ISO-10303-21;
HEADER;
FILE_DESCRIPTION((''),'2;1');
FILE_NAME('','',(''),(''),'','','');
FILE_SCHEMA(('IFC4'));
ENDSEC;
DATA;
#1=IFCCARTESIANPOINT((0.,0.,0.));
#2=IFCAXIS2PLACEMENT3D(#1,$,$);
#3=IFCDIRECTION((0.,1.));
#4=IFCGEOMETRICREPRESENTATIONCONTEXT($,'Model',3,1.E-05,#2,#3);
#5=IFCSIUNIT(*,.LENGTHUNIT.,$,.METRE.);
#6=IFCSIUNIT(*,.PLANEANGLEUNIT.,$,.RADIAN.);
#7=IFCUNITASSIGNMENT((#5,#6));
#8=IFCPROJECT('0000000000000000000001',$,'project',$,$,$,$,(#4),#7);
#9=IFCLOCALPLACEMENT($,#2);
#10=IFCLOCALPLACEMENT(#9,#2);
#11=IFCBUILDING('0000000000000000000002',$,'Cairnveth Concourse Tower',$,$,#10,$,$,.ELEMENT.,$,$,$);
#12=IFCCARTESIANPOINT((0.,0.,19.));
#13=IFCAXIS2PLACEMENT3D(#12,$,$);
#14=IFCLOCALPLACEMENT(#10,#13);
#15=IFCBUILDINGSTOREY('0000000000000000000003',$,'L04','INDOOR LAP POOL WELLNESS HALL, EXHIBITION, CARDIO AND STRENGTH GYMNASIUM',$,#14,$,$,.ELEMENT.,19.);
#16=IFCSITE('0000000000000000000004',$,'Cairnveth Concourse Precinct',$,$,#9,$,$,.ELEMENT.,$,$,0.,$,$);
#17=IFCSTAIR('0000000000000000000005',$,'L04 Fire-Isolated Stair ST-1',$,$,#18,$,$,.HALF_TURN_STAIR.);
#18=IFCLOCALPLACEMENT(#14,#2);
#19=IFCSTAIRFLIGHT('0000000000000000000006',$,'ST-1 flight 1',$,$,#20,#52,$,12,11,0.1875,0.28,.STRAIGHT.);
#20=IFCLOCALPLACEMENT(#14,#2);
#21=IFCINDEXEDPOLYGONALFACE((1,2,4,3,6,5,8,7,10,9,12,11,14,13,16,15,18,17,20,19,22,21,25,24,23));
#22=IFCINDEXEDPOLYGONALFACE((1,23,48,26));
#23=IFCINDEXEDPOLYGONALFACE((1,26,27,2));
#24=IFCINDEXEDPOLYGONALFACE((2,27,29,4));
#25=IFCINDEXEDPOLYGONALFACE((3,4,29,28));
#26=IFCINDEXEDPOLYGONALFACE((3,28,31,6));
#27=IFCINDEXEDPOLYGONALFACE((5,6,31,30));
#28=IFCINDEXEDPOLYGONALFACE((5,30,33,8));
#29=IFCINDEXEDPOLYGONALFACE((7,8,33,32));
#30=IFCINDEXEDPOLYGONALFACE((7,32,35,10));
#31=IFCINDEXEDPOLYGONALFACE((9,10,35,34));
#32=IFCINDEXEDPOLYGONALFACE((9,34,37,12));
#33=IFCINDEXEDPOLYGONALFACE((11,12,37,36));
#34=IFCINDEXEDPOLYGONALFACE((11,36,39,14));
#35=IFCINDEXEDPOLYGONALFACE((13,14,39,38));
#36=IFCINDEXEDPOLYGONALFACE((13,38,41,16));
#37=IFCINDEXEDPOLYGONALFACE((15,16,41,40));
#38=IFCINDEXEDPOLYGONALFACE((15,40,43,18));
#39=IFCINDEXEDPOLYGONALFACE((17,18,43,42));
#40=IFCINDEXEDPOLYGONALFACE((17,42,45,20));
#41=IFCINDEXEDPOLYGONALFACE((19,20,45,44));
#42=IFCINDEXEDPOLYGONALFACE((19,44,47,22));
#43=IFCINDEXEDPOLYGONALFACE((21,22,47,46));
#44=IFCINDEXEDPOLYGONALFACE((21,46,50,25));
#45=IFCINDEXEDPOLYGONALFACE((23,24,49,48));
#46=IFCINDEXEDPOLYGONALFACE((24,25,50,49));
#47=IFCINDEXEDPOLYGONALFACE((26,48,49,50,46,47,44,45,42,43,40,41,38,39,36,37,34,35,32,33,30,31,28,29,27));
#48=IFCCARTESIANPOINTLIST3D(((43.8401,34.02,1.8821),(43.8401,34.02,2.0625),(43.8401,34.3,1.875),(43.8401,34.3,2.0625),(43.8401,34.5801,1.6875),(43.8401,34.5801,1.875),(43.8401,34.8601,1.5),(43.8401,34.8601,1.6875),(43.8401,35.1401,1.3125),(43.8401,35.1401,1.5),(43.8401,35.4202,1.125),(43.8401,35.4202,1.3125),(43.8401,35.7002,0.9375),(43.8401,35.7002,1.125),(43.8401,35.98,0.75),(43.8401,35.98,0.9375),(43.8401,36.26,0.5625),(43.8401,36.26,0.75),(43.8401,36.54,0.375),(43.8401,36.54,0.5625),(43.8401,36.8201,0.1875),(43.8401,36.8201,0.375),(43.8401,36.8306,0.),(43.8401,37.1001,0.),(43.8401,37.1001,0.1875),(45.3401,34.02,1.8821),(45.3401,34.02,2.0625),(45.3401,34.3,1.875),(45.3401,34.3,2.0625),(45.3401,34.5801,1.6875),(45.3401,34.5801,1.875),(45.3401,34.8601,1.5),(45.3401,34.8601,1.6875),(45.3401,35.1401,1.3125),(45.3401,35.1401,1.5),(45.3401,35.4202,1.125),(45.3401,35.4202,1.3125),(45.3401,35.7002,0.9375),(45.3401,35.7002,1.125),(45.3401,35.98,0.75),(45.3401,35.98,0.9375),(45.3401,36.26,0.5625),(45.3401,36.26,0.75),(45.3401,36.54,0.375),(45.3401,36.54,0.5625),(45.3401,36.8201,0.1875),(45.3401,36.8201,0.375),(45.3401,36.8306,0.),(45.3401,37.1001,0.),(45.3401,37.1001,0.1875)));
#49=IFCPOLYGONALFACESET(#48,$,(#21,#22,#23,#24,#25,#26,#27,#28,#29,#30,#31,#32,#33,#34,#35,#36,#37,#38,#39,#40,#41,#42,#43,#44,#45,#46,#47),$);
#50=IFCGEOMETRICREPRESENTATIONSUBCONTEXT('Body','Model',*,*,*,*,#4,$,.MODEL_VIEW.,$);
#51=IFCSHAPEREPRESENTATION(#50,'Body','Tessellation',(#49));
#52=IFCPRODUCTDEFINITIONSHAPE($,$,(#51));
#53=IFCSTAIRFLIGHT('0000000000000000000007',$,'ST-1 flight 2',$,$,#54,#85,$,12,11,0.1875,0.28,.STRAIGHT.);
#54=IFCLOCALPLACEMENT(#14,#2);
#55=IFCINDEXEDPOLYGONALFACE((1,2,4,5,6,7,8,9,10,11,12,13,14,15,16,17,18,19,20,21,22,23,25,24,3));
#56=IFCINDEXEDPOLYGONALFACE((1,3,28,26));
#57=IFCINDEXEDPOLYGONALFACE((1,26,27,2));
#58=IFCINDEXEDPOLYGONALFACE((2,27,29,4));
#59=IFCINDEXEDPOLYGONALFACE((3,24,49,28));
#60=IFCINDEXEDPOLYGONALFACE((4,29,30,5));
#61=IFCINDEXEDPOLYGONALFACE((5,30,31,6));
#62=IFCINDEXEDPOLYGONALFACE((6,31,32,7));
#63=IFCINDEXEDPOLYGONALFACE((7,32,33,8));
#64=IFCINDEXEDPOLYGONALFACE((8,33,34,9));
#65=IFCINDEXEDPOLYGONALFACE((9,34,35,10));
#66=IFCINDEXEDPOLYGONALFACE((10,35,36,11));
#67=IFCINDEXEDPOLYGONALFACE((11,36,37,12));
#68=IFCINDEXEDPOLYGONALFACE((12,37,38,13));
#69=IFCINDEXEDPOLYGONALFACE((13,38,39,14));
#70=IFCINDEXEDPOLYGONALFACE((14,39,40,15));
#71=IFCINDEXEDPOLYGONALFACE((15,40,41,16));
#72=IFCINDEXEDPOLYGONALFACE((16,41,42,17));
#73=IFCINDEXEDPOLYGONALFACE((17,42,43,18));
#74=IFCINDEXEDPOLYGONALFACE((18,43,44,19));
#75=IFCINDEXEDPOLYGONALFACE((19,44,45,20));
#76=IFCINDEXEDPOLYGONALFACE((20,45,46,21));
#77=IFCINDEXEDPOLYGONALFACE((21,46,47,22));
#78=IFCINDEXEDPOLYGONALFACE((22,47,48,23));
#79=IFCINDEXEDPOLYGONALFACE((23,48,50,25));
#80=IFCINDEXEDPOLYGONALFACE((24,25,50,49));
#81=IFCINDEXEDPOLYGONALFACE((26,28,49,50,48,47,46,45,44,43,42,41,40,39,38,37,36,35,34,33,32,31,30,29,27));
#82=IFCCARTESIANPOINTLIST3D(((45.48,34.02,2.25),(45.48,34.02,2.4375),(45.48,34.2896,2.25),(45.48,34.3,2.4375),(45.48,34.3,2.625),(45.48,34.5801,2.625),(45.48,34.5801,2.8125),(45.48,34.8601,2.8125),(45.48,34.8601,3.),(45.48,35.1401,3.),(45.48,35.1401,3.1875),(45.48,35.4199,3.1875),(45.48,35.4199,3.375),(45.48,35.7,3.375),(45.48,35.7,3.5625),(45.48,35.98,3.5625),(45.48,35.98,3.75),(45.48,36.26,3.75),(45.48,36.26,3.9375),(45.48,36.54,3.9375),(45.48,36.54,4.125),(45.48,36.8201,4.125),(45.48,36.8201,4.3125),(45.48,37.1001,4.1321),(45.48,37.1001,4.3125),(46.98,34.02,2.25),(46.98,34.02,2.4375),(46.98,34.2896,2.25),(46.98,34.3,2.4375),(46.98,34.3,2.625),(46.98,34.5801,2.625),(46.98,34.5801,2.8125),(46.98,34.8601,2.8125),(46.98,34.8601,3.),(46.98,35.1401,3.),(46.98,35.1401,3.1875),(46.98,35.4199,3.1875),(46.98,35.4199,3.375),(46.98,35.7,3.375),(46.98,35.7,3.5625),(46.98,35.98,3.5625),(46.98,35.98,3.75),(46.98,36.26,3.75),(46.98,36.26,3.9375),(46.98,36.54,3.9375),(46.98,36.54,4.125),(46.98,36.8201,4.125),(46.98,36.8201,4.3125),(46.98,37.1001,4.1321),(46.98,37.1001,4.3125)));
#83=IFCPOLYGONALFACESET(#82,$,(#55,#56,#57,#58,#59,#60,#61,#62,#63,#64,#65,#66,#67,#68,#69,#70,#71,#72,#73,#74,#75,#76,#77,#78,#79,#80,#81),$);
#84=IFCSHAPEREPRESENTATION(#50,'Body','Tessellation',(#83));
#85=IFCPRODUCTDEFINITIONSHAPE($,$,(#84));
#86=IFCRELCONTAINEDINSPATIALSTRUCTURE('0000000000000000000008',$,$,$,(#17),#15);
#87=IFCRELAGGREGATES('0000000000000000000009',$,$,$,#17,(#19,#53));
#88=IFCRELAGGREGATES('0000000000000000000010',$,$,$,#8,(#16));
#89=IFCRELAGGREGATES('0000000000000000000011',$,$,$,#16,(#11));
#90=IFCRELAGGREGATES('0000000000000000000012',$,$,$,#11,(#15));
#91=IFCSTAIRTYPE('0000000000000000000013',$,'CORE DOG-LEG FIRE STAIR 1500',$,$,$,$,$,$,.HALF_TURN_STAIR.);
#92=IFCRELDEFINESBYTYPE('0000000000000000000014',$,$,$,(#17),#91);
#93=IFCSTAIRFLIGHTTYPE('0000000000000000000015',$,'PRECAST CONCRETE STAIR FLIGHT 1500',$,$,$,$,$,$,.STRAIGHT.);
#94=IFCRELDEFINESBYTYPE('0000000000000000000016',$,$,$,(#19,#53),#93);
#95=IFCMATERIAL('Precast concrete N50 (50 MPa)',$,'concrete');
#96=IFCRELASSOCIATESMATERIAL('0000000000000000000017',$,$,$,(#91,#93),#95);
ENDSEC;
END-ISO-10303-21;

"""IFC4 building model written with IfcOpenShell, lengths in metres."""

from ifc_helpers import new_model, si_unit, direction, frame, origin, place, context, subcontext, project, spatial, polyline, outline, extrude, material, type_object, element, aggregate, save


model = new_model("IFC4")

# Units and contexts
model_context = context("Model", 3, precision=1e-05, world=origin(), true_north=direction((0.0, 1.0)))
body_context = subcontext(model_context, "Body", "Model", "MODEL_VIEW")
ifc_project = project(units=[si_unit("LENGTHUNIT", "METRE"), si_unit("PLANEANGLEUNIT", "RADIAN")], contexts=[model_context])

# Site, building, storey
site_placement = place(None, origin())
site = spatial("IfcSite", under=ifc_project, at=site_placement, Name="Cairnveth Concourse Precinct", CompositionType="ELEMENT", RefElevation=0.0)
building_placement = place(site_placement, origin())
building = spatial("IfcBuilding", under=site, at=building_placement, Name="Cairnveth Concourse Tower", CompositionType="ELEMENT")
storey_placement = place(building_placement, frame((0.0, 0.0, 19.0)))
storey = spatial("IfcBuildingStorey", under=building, at=storey_placement, Name="L04", Description="INDOOR LAP POOL WELLNESS HALL, EXHIBITION, CARDIO AND STRENGTH GYMNASIUM", CompositionType="ELEMENT", Elevation=19.0)

# Stair, stair flights
ifc_material_1 = material(Name="Precast concrete N50 (50 MPa)", Category="concrete")
stair_type = type_object("IfcStairType", Name="CORE DOG-LEG FIRE STAIR 1500", PredefinedType="HALF_TURN_STAIR", material=ifc_material_1)
stair_placement = place(storey_placement, origin())
stair = element("IfcStair", 1, at=stair_placement, inside=storey, type_object=stair_type, Name="L04 Fire-Isolated Stair ST-1", PredefinedType="HALF_TURN_STAIR")
stair_flight_type = type_object("IfcStairFlightType", Name="PRECAST CONCRETE STAIR FLIGHT 1500", PredefinedType="STRAIGHT", material=ifc_material_1)
stair_flight_1_placement = place(storey_placement, frame((44.5901, 37.1001, 0.0), z_axis=(0.0, 0.0, 1.0), x_axis=(0.0, -1.0, 0.0)))
stair_flight_1 = element("IfcStairFlight", 2, at=stair_flight_1_placement, type_object=stair_flight_type, Name="ST-1 flight 1", NumberOfRisers=12, NumberOfTreads=11, PredefinedType="STRAIGHT", RiserHeight=0.1875, TreadLength=0.28, context=body_context, shape_type="SweptSolid", body=[
    extrude(outline(polyline([(0.0, 0.0), (0.0, 0.1875), (0.28, 0.1875), (0.28, 0.375), (0.5601, 0.375), (0.5601, 0.5625), (0.8401, 0.5625), (0.8401, 0.75), (1.1201, 0.75), (1.1201, 0.9375), (1.3999, 0.9375), (1.3999, 1.125), (1.6799, 1.125), (1.6799, 1.3125), (1.96, 1.3125), (1.96, 1.5), (2.24, 1.5), (2.24, 1.6875), (2.52, 1.6875), (2.52, 1.875), (2.8, 1.875), (2.8, 2.0625), (3.0801, 2.0625), (3.0801, 2.25), (3.0801, 1.8821), (0.2695, 0.0), (0.0, 0.0)])), frame((0.0, 0.75, 0.0), z_axis=(0.0, -1.0, 0.0), x_axis=(1.0, 0.0, 0.0)), (0.0, 0.0, 1.0), 1.5),
])
stair_flight_2_placement = place(storey_placement, frame((46.23, 34.02, 2.25), z_axis=(0.0, 0.0, 1.0), x_axis=(0.0, 1.0, 0.0)))
stair_flight_2 = element("IfcStairFlight", 3, at=stair_flight_2_placement, type_object=stair_flight_type, Name="ST-1 flight 2", NumberOfRisers=12, NumberOfTreads=11, PredefinedType="STRAIGHT", RiserHeight=0.1875, TreadLength=0.28, context=body_context, shape_type="SweptSolid", body=[
    extrude(outline(polyline([(0.0, 0.0), (0.0, 0.1875), (0.28, 0.1875), (0.28, 0.375), (0.5601, 0.375), (0.5601, 0.5625), (0.8401, 0.5625), (0.8401, 0.75), (1.1201, 0.75), (1.1201, 0.9375), (1.3999, 0.9375), (1.3999, 1.125), (1.6799, 1.125), (1.6799, 1.3125), (1.96, 1.3125), (1.96, 1.5), (2.24, 1.5), (2.24, 1.6875), (2.52, 1.6875), (2.52, 1.875), (2.8, 1.875), (2.8, 2.0625), (3.0801, 2.0625), (3.0801, 2.25), (3.0801, 1.8821), (0.2695, 0.0), (0.0, 0.0)])), frame((0.0, 0.75, 0.0), z_axis=(0.0, -1.0, 0.0), x_axis=(1.0, 0.0, 0.0)), (0.0, 0.0, 1.0), 1.5),
])
aggregate(stair, [stair_flight_1, stair_flight_2])

save(model, "model.ifc")
